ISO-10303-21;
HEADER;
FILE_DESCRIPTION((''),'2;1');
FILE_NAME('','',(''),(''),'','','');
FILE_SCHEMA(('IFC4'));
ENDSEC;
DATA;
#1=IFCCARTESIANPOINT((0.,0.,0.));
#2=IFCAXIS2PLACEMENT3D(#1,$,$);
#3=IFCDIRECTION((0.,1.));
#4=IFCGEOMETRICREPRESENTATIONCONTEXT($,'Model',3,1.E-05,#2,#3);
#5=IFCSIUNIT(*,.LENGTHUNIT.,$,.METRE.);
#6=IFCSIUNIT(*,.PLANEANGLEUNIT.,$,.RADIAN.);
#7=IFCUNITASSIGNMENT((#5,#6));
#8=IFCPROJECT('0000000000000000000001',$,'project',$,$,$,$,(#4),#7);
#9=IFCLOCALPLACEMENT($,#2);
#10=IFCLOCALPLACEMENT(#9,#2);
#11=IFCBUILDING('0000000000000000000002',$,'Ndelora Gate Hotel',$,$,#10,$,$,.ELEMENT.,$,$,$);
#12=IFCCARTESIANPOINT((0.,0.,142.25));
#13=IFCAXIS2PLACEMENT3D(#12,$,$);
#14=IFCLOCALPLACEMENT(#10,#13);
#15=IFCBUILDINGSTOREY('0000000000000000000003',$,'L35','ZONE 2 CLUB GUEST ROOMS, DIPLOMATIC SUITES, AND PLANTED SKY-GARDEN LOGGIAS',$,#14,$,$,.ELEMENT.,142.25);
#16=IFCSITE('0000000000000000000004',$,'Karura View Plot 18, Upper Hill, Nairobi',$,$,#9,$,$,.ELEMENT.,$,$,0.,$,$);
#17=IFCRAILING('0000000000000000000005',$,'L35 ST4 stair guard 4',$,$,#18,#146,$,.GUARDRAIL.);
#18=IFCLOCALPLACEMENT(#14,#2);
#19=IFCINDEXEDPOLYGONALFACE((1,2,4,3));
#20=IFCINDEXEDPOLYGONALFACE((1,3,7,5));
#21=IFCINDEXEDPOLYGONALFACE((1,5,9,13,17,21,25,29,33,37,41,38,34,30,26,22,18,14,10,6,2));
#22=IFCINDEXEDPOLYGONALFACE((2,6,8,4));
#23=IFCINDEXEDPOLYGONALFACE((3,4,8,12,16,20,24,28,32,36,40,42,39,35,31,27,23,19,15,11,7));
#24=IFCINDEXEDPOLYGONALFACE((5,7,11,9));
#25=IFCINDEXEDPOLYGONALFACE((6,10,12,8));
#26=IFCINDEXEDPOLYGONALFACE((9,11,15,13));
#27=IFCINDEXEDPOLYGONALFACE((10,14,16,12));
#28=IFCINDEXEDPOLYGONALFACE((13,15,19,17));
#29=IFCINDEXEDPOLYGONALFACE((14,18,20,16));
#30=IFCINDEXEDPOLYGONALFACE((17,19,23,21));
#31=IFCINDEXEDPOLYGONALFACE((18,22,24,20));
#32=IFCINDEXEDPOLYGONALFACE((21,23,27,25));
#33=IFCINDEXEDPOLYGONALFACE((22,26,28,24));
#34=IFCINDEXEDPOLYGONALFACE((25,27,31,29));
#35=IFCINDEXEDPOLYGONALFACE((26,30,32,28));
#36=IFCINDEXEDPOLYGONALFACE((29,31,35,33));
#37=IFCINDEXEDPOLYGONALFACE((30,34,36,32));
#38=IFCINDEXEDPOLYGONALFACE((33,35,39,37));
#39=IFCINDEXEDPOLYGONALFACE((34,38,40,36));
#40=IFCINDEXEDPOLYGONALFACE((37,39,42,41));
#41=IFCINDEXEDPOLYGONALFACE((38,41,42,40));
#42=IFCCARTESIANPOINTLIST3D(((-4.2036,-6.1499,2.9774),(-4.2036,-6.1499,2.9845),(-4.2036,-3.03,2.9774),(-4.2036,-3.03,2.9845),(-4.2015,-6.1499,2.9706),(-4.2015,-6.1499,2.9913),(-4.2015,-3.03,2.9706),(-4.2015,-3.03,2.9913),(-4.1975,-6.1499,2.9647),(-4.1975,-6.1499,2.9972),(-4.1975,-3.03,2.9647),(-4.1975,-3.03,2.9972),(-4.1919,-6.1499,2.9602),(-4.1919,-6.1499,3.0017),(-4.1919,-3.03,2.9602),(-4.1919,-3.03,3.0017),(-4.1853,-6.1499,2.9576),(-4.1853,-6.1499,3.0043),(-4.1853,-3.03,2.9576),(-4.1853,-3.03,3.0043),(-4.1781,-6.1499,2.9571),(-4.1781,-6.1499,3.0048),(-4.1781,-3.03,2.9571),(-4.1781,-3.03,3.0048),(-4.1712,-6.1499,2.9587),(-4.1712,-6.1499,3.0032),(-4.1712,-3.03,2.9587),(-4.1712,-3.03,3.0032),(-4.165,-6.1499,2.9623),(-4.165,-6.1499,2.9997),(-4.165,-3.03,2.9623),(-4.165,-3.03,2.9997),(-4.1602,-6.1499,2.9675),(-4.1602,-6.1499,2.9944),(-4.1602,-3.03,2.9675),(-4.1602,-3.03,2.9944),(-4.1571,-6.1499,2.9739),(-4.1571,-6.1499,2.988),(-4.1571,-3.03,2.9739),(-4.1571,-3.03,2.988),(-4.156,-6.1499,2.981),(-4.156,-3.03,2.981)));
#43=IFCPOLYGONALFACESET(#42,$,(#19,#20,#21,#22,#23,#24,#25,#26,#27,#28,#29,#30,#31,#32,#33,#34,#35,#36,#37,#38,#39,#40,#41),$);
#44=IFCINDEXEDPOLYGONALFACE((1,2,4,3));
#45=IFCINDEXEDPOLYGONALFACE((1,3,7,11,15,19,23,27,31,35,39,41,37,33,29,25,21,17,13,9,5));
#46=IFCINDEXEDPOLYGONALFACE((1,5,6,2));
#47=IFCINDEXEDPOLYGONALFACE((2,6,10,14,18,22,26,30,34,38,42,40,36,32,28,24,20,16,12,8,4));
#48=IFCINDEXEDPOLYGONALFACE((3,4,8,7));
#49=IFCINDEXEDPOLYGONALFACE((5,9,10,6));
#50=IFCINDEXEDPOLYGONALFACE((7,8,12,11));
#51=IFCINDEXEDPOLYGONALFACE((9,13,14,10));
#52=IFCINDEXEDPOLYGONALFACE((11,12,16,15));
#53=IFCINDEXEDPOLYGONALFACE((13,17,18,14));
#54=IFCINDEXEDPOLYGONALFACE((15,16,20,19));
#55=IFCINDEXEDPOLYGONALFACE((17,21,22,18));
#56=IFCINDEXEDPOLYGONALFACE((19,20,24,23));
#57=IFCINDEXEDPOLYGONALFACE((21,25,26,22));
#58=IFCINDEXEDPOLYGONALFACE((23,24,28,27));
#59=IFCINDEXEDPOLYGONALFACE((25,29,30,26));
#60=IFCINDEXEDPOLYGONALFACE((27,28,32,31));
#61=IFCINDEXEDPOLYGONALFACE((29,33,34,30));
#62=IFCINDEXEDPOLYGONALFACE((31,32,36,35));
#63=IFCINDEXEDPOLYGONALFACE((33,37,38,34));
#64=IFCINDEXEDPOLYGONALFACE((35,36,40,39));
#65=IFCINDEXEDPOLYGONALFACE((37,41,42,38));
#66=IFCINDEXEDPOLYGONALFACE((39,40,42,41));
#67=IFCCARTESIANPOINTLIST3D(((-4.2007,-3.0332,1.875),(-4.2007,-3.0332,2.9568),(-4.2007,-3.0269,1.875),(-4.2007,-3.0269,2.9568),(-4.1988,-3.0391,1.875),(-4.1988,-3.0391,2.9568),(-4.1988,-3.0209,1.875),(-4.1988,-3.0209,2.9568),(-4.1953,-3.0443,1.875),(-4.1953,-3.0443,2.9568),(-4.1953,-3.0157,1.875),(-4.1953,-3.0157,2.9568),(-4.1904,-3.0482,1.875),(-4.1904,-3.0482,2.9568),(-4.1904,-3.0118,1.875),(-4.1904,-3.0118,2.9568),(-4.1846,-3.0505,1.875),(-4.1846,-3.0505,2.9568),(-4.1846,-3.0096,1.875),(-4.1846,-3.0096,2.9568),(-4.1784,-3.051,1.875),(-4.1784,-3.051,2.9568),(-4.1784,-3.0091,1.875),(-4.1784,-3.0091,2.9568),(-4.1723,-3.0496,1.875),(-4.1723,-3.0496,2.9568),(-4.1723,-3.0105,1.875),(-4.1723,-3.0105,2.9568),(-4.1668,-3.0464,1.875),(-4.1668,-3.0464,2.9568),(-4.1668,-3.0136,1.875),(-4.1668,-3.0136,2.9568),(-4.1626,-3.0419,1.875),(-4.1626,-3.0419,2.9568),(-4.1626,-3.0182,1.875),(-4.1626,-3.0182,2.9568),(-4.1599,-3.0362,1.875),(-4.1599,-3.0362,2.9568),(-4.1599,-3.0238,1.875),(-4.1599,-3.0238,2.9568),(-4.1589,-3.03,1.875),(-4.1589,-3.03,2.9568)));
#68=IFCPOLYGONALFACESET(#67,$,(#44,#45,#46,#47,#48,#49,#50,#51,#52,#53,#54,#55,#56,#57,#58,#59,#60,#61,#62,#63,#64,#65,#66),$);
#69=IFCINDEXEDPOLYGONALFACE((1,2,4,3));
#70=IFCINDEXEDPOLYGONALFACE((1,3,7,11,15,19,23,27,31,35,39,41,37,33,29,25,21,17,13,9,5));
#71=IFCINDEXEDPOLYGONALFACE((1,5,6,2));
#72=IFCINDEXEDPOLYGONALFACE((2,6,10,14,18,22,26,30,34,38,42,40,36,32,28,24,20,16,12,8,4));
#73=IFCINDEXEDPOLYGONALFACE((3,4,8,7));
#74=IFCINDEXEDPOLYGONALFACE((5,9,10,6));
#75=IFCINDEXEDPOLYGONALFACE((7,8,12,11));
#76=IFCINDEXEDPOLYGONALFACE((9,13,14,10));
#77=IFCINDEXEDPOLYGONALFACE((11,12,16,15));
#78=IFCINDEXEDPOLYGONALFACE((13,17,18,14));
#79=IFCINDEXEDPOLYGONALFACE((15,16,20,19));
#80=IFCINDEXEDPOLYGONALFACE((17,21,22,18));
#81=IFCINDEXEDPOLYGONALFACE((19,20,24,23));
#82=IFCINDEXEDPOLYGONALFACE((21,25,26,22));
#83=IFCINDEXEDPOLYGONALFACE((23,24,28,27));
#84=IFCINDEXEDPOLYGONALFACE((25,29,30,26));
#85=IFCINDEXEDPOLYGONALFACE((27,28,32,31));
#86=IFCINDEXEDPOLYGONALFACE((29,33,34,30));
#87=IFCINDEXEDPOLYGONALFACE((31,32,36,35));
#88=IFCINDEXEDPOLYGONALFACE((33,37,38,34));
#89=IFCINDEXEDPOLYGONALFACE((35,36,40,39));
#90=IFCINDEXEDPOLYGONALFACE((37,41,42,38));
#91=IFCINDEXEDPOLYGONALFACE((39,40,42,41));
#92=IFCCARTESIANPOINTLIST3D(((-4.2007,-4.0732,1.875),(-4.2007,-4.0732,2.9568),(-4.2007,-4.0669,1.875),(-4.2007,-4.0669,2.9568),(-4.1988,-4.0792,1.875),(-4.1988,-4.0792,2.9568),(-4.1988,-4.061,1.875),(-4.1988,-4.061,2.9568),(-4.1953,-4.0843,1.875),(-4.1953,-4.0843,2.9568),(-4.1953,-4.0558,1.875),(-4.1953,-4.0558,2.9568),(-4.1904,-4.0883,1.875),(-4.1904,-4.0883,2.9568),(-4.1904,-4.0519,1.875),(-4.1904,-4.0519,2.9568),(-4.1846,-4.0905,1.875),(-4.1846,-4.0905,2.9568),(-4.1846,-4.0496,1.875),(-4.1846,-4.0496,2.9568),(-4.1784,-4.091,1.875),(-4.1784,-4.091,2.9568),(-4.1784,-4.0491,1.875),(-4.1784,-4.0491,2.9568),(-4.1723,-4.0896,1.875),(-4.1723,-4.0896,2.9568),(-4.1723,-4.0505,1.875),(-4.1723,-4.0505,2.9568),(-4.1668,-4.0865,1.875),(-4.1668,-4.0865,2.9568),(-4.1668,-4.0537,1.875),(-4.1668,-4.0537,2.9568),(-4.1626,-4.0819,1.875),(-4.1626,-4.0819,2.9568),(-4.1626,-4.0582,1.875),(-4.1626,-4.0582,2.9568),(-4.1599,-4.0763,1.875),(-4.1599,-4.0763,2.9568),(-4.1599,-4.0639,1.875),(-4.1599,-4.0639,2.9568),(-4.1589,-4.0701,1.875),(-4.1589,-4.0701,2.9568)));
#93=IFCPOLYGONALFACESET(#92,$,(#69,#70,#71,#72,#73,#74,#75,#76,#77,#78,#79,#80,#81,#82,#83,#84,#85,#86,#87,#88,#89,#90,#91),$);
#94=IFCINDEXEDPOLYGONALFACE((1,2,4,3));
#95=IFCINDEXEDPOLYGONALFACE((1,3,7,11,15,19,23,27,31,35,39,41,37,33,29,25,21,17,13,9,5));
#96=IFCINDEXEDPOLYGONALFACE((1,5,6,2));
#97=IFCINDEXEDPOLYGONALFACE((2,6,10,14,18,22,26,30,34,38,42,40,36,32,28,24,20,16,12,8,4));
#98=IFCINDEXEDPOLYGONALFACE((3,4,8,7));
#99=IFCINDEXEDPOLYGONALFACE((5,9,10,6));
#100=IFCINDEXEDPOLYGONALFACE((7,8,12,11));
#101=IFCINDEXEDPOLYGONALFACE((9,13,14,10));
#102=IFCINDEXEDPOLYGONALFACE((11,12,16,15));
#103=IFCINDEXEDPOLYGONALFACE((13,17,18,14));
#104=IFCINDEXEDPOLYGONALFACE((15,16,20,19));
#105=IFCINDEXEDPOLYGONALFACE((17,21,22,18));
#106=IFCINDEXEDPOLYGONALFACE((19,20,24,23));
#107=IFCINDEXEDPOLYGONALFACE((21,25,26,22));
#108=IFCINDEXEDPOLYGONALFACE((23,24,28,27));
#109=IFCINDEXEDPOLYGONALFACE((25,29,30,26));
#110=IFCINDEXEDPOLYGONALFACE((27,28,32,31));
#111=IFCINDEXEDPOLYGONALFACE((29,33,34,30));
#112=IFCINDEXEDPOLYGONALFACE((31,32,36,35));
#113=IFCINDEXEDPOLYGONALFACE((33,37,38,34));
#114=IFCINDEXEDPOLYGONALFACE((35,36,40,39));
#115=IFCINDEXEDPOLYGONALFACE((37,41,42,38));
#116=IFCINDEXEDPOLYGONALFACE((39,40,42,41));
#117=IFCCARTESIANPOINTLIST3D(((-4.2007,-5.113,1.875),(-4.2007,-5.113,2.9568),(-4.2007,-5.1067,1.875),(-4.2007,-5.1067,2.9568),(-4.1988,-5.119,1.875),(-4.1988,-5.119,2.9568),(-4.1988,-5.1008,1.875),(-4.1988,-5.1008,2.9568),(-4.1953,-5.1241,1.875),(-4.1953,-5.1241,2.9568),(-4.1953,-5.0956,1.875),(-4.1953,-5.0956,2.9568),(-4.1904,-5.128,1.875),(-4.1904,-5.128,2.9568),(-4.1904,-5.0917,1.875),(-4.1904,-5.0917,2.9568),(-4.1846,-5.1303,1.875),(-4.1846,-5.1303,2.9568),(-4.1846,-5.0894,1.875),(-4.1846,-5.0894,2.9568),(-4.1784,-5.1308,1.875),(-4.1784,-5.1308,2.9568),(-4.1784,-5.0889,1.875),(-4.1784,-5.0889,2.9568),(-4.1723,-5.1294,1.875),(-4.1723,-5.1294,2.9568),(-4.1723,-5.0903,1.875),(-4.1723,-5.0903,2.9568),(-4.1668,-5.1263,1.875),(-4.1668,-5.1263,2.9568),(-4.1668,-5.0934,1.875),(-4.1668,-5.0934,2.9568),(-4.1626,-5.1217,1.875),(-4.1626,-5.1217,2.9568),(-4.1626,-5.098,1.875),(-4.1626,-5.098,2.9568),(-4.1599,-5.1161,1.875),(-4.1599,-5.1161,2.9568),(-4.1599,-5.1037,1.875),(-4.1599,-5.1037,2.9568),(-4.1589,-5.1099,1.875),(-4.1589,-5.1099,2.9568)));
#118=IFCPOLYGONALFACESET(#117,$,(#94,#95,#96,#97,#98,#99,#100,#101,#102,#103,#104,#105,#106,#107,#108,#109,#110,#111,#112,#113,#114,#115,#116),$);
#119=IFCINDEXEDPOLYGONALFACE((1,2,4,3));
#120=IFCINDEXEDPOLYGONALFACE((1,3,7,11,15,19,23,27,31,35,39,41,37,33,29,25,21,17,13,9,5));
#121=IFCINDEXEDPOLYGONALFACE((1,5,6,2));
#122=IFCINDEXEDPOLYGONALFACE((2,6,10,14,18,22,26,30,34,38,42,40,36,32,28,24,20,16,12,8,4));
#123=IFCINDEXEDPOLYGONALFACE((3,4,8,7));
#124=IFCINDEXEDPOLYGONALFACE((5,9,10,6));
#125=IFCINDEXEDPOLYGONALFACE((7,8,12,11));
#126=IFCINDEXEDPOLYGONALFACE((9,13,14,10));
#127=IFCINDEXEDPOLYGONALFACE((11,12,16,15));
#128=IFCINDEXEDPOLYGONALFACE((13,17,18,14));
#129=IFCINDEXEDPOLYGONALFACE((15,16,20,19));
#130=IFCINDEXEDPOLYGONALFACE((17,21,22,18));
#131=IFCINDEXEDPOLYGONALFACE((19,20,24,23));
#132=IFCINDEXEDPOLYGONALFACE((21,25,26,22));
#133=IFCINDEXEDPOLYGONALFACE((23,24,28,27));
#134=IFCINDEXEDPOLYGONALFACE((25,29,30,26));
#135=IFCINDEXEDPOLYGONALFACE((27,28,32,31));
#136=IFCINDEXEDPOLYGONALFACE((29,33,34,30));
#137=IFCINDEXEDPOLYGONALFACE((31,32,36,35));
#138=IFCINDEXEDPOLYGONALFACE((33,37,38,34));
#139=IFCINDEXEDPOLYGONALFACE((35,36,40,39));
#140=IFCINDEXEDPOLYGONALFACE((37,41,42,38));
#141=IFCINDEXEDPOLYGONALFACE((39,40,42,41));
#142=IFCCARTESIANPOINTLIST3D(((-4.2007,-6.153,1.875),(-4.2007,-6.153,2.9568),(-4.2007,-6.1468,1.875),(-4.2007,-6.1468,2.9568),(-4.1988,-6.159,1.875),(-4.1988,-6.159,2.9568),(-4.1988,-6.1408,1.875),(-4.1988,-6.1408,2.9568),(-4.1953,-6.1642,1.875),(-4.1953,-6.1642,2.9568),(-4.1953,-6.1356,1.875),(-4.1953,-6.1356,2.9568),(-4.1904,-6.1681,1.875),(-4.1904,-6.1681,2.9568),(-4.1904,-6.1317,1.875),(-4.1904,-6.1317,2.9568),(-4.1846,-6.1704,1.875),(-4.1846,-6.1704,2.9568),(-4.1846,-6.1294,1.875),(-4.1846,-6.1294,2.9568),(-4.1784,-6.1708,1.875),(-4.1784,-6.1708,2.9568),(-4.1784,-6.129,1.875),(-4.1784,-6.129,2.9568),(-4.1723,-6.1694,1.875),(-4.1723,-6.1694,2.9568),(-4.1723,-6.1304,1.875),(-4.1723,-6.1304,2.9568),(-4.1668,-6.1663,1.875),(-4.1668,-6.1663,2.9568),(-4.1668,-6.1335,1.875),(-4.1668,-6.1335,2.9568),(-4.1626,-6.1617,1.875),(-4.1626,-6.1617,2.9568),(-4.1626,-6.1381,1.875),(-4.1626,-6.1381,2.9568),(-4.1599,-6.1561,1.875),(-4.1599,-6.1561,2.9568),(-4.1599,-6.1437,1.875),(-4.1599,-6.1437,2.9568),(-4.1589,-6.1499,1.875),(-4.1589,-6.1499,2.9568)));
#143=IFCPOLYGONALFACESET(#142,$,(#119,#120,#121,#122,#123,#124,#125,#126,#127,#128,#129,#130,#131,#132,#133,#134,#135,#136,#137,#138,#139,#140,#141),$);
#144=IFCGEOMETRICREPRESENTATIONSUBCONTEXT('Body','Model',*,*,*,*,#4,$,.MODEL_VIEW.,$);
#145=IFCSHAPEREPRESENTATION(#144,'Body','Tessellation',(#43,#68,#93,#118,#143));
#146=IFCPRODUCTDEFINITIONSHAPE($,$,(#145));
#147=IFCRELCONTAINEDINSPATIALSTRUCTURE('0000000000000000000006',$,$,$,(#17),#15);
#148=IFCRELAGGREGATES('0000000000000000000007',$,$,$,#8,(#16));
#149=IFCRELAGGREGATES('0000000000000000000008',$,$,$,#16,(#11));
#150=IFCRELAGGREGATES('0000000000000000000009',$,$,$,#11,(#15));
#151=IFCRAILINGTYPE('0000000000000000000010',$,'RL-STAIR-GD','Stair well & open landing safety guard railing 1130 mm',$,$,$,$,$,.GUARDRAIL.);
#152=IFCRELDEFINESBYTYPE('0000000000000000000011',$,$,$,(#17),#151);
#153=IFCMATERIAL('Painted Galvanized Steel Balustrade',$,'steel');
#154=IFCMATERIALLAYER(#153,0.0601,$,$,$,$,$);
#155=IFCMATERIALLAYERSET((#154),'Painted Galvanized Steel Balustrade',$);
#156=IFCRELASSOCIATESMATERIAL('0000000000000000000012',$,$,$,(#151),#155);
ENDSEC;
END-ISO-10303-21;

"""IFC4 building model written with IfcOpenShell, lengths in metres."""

from ifc_helpers import new_model, si_unit, direction, frame, origin, origin_2d, place, context, subcontext, project, spatial, circle, extrude, material, layer, layer_set, type_object, element, save


model = new_model("IFC4")

# Units and contexts
model_context = context("Model", 3, precision=1e-05, world=origin(), true_north=direction((0.0, 1.0)))
body_context = subcontext(model_context, "Body", "Model", "MODEL_VIEW")
ifc_project = project(units=[si_unit("LENGTHUNIT", "METRE"), si_unit("PLANEANGLEUNIT", "RADIAN")], contexts=[model_context])

# Site, building, storey
site_placement = place(None, origin())
site = spatial("IfcSite", under=ifc_project, at=site_placement, Name="Karura View Plot 18, Upper Hill, Nairobi", CompositionType="ELEMENT", RefElevation=0.0)
building_placement = place(site_placement, origin())
building = spatial("IfcBuilding", under=site, at=building_placement, Name="Ndelora Gate Hotel", CompositionType="ELEMENT")
storey_placement = place(building_placement, frame((0.0, 0.0, 142.25)))
storey = spatial("IfcBuildingStorey", under=building, at=storey_placement, Name="L35", Description="ZONE 2 CLUB GUEST ROOMS, DIPLOMATIC SUITES, AND PLANTED SKY-GARDEN LOGGIAS", CompositionType="ELEMENT", Elevation=142.25)

# Railing
ifc_material_1 = material(Name="Painted Galvanized Steel Balustrade", Category="steel")
ifc_layer_1 = layer(ifc_material_1, 0.0601)
ifc_layer_set_1 = layer_set([ifc_layer_1], Name="Painted Galvanized Steel Balustrade")
railing_type_1 = type_object("IfcRailingType", Name="RL-STAIR-GD", Description="Stair well & open landing safety guard railing 1130 mm", PredefinedType="GUARDRAIL", material=ifc_layer_set_1)
for number, where, name in (
    (1, (-4.1799, -3.03, 1.875), "L35 ST4 stair guard 4"),
):
    element("IfcRailing", number, at=place(storey_placement, frame(where)), inside=storey, type_object=railing_type_1, Name=name, PredefinedType="GUARDRAIL", context=body_context, shape_type="SweptSolid", body=[
        extrude(circle(Radius=0.0239, at=origin_2d()), frame((0.0, 0.0, 1.106), z_axis=(0.0, -1.0, 0.0), x_axis=(1.0, 0.0, 0.0)), (0.0, 0.0, 1.0), 3.1199),
        extrude(circle(Radius=0.021, at=origin_2d()), origin(), (0.0, 0.0, 1.0), 1.0818),
        extrude(circle(Radius=0.021, at=origin_2d()), frame((0.0, -1.04, 0.0)), (0.0, 0.0, 1.0), 1.0818),
        extrude(circle(Radius=0.021, at=origin_2d()), frame((0.0, -2.0798, 0.0)), (0.0, 0.0, 1.0), 1.0818),
        extrude(circle(Radius=0.021, at=origin_2d()), frame((0.0, -3.1199, 0.0)), (0.0, 0.0, 1.0), 1.0818),
    ])

save(model, "model.ifc")
